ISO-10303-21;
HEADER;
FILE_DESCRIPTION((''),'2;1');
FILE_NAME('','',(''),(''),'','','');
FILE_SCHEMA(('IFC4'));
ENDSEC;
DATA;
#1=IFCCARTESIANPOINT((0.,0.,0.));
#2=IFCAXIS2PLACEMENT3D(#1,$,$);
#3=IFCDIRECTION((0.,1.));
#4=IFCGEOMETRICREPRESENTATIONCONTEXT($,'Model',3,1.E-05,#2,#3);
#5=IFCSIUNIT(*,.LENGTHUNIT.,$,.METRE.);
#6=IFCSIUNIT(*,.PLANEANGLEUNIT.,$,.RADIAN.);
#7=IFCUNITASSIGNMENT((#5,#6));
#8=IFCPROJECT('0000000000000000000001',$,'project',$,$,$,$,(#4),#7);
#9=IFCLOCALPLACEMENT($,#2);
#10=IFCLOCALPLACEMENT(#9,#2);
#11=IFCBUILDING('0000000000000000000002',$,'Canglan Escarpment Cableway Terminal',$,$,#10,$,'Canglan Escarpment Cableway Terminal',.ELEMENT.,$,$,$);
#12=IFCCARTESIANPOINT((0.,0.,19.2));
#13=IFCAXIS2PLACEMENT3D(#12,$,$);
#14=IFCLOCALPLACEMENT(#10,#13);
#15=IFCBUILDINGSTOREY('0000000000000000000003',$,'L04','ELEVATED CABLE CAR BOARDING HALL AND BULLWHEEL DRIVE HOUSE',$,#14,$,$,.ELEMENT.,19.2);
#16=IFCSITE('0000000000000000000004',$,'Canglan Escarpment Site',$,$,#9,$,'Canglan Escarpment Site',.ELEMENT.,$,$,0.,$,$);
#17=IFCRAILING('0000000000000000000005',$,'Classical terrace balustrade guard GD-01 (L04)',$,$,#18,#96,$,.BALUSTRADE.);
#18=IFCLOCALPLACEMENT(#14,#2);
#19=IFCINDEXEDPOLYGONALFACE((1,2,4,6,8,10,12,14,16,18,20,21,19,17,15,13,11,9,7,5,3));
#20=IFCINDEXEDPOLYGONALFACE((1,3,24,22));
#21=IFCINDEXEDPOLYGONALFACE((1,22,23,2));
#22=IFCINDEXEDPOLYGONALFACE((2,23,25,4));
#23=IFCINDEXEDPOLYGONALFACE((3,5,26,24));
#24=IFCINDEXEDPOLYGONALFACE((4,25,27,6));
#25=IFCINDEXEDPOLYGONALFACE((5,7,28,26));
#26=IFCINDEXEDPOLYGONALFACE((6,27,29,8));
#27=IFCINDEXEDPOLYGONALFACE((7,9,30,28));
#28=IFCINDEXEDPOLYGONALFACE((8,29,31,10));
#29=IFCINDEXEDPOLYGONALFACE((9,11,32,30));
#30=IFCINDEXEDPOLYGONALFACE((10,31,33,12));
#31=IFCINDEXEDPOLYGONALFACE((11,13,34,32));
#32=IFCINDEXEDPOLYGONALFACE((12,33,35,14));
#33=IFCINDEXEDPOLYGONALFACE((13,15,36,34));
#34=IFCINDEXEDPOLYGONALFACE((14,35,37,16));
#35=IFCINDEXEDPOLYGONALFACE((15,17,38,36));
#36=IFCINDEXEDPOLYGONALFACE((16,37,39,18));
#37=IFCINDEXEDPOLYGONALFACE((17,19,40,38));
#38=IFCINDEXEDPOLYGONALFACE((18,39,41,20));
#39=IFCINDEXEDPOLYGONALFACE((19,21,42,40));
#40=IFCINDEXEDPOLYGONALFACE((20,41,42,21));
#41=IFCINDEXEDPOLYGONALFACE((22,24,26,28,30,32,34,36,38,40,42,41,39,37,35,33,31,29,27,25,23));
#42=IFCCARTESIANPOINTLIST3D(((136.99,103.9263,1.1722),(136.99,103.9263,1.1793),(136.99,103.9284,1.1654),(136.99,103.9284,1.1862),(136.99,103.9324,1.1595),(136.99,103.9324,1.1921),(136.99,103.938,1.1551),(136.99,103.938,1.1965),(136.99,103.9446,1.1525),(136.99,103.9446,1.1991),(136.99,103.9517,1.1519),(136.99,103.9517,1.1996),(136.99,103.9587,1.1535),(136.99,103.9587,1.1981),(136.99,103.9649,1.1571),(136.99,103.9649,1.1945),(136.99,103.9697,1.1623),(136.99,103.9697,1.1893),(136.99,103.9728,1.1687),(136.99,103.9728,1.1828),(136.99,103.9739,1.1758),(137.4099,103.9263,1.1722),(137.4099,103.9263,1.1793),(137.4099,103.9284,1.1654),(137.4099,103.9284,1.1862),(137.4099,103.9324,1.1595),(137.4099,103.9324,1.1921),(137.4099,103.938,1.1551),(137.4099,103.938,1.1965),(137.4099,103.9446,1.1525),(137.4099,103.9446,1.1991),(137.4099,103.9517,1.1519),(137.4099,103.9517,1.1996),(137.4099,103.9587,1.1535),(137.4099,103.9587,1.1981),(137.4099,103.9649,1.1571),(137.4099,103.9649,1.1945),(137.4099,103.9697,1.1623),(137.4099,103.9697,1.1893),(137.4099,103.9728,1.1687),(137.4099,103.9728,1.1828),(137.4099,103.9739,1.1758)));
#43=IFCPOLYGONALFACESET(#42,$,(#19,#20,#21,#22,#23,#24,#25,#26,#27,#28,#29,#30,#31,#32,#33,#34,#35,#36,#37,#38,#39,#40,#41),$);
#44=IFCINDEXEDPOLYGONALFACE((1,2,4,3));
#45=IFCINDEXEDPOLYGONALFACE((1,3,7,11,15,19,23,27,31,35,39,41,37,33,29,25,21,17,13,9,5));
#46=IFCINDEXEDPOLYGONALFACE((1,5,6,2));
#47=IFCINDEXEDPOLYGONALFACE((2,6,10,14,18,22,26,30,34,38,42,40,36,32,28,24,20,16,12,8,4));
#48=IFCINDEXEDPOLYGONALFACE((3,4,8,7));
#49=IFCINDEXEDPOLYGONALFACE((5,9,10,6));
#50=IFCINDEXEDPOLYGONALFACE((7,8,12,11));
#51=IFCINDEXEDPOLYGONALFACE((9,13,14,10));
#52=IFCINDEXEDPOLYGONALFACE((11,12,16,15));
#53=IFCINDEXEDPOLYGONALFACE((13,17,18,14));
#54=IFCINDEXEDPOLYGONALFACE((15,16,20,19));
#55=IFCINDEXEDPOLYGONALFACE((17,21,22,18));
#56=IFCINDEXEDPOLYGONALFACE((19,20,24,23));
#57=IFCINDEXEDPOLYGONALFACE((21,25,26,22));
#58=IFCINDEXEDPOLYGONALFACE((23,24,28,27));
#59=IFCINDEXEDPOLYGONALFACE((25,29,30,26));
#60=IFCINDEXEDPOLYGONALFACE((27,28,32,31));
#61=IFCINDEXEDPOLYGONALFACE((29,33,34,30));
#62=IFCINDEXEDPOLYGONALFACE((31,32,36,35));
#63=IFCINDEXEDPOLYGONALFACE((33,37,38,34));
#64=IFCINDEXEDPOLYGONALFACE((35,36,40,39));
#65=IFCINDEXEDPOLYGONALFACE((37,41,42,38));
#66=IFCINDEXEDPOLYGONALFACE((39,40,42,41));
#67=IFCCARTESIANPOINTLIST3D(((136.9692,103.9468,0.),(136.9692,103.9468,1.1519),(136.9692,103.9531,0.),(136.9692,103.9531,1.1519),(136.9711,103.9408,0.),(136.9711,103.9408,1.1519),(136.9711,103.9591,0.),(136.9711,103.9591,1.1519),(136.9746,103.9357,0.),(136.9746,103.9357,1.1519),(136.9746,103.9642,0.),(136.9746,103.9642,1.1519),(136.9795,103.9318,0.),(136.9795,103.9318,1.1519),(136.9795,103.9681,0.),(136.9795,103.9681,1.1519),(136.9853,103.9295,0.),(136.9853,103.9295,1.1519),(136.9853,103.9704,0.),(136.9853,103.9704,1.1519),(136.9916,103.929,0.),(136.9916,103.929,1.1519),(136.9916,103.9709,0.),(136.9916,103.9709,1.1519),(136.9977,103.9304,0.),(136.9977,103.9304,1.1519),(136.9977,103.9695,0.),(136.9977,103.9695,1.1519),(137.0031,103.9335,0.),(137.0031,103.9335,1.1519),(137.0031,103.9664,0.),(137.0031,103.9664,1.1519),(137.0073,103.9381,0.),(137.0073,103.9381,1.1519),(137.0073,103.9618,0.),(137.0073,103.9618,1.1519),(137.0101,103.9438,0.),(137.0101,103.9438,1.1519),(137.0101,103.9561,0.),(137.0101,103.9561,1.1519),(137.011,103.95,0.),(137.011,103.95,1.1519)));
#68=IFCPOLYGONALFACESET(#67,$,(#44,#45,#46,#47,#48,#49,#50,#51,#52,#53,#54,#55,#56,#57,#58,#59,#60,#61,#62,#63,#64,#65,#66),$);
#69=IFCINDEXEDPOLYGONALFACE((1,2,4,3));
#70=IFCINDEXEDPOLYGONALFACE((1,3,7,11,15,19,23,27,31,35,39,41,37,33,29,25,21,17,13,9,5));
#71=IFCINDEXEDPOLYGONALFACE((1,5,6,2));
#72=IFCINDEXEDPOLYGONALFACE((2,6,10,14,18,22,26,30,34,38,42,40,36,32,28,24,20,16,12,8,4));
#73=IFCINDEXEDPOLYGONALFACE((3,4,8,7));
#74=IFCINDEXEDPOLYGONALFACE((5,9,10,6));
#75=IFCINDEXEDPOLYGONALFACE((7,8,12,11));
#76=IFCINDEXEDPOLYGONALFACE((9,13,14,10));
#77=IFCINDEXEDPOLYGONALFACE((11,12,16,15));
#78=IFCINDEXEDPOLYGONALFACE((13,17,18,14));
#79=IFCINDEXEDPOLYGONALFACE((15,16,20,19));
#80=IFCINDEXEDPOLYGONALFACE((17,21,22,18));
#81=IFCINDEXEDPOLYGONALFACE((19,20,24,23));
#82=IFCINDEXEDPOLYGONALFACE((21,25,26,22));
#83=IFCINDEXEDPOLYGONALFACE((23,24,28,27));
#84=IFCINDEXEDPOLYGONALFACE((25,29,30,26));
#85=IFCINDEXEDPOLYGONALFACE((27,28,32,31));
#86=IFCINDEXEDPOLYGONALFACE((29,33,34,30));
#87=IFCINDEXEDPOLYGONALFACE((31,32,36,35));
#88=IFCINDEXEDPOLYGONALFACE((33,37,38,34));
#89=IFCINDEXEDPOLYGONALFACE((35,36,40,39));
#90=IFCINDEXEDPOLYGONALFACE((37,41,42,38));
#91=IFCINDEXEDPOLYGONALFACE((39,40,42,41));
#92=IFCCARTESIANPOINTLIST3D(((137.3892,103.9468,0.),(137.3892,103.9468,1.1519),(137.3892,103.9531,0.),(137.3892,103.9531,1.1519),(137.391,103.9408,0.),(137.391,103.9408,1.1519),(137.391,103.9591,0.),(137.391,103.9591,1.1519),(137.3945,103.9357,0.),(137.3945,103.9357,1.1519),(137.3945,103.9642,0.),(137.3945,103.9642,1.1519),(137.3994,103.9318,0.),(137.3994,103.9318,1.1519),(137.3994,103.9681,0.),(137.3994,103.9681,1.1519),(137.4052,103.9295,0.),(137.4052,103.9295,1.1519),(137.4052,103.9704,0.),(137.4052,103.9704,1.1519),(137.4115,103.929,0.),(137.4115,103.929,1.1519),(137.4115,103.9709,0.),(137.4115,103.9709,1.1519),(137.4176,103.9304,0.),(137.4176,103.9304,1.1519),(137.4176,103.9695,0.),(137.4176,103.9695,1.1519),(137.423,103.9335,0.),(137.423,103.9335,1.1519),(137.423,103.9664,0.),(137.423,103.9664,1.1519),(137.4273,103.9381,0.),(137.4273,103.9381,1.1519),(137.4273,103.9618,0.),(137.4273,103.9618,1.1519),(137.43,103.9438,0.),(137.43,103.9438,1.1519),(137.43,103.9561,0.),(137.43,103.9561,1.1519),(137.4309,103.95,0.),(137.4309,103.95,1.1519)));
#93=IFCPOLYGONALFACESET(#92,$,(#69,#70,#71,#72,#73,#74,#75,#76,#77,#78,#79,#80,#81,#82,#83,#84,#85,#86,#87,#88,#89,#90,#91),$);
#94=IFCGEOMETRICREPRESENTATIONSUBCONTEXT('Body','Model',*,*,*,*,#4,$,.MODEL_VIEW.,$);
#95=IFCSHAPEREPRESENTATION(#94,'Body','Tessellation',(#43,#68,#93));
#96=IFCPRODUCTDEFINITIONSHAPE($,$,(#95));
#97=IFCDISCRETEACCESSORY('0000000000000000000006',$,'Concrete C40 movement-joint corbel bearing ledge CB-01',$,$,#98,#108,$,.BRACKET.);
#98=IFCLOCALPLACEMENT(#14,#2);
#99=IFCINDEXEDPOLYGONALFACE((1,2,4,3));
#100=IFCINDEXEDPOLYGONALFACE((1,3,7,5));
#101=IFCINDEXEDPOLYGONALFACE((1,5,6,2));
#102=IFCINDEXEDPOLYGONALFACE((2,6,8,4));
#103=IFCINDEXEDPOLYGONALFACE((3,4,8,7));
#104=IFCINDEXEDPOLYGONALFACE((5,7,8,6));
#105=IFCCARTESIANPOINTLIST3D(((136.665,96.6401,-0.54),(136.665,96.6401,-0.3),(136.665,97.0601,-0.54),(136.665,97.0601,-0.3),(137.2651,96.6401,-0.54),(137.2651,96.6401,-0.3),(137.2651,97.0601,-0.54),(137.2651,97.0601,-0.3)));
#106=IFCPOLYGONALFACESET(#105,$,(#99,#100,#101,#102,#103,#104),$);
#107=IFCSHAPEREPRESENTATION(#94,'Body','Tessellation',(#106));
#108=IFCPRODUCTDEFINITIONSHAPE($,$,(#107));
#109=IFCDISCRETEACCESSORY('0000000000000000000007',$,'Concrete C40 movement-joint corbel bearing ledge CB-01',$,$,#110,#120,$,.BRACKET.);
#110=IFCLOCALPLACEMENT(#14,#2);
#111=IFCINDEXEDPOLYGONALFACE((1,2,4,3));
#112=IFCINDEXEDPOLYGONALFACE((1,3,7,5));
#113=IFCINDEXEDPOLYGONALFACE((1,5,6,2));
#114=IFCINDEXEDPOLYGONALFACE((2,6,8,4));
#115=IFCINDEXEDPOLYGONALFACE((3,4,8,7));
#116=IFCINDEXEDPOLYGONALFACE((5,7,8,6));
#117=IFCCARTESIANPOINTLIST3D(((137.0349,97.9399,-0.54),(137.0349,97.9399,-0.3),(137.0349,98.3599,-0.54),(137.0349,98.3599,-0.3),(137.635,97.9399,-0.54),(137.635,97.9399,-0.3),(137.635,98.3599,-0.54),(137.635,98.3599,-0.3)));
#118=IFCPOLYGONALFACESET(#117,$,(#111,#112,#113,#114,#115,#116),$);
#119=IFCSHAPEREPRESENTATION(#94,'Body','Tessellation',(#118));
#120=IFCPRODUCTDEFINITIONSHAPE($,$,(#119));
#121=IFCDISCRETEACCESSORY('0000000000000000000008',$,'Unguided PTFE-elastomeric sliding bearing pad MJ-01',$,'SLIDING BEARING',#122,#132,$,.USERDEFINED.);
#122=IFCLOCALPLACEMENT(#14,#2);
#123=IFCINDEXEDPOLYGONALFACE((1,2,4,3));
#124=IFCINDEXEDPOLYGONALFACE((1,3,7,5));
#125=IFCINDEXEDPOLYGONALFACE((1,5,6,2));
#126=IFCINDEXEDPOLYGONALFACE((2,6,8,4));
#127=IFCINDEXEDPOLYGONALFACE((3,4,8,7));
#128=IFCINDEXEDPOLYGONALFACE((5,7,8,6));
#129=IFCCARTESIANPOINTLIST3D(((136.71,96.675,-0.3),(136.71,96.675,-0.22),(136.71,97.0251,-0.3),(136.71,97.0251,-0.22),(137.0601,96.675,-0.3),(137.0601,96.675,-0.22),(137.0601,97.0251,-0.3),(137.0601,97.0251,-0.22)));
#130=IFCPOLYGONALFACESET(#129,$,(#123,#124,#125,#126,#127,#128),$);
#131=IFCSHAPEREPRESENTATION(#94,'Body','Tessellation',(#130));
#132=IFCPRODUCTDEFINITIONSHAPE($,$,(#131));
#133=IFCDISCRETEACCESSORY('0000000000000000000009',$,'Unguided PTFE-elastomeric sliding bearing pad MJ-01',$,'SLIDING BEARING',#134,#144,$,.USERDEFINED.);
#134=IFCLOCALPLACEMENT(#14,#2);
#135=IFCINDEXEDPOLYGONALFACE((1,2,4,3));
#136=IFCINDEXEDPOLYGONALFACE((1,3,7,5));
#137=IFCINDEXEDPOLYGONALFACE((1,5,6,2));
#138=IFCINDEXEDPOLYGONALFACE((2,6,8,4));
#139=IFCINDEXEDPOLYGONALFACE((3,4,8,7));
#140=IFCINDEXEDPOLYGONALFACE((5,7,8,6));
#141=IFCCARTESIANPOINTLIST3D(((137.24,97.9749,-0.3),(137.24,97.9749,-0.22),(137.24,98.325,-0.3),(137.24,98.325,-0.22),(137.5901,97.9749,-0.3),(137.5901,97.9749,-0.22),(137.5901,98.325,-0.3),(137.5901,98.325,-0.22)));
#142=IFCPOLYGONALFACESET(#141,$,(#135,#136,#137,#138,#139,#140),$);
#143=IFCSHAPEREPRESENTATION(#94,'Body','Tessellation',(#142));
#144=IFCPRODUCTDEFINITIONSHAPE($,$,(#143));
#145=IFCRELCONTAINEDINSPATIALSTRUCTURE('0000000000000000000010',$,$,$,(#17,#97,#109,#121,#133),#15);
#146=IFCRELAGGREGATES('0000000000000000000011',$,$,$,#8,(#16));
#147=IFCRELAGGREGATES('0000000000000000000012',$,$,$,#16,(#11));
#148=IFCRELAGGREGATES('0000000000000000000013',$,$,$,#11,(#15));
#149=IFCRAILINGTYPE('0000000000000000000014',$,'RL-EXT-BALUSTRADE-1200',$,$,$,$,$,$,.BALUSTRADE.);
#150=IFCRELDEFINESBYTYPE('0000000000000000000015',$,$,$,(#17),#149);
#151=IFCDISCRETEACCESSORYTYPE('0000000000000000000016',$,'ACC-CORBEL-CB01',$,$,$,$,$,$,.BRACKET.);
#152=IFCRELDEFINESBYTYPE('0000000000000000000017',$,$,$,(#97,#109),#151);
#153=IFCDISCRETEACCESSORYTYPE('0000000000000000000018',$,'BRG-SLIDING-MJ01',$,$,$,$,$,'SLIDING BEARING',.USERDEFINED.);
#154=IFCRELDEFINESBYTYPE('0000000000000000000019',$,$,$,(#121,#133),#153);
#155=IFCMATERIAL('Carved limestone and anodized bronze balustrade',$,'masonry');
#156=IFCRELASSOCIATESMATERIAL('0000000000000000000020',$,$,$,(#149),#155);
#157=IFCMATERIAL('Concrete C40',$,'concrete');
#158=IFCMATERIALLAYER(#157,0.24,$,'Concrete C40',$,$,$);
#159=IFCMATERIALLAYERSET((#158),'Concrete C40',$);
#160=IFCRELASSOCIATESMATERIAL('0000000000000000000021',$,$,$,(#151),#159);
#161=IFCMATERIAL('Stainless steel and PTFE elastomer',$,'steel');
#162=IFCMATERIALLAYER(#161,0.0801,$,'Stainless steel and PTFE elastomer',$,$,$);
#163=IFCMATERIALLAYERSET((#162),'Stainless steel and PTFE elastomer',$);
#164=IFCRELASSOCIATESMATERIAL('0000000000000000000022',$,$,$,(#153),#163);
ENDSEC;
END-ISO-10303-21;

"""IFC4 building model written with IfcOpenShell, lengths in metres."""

from ifc_helpers import new_model, si_unit, direction, frame, origin, origin_2d, place, context, subcontext, project, spatial, rectangle, circle, extrude, material, layer, layer_set, type_object, element, save


model = new_model("IFC4")

# Units and contexts
model_context = context("Model", 3, precision=1e-05, world=origin(), true_north=direction((0.0, 1.0)))
body_context = subcontext(model_context, "Body", "Model", "MODEL_VIEW")
ifc_project = project(units=[si_unit("LENGTHUNIT", "METRE"), si_unit("PLANEANGLEUNIT", "RADIAN")], contexts=[model_context])

# Site, building, storey
site_placement = place(None, origin())
site = spatial("IfcSite", under=ifc_project, at=site_placement, Name="Canglan Escarpment Site", LongName="Canglan Escarpment Site", CompositionType="ELEMENT", RefElevation=0.0)
building_placement = place(site_placement, origin())
building = spatial("IfcBuilding", under=site, at=building_placement, Name="Canglan Escarpment Cableway Terminal", LongName="Canglan Escarpment Cableway Terminal", CompositionType="ELEMENT")
storey_placement = place(building_placement, frame((0.0, 0.0, 19.2)))
storey = spatial("IfcBuildingStorey", under=building, at=storey_placement, Name="L04", Description="ELEVATED CABLE CAR BOARDING HALL AND BULLWHEEL DRIVE HOUSE", CompositionType="ELEMENT", Elevation=19.2)

# Shared definitions
ifc_material_1 = material(Name="Concrete C40", Category="concrete")

# Railing
ifc_material_2 = material(Name="Carved limestone and anodized bronze balustrade", Category="masonry")
railing_type = type_object("IfcRailingType", Name="RL-EXT-BALUSTRADE-1200", PredefinedType="BALUSTRADE", material=ifc_material_2)
railing_1_placement = place(storey_placement, frame((136.99, 103.95, 0.0)))
element("IfcRailing", 1, at=railing_1_placement, inside=storey, type_object=railing_type, Name="Classical terrace balustrade guard GD-01 (L04)", PredefinedType="BALUSTRADE", context=body_context, shape_type="SweptSolid", body=[
    extrude(circle(Radius=0.0239, at=origin_2d()), frame((0.0, 0.0, 1.1758), z_axis=(1.0, 0.0, 0.0), x_axis=(0.0, 1.0, 0.0)), (0.0, 0.0, 1.0), 0.4199),
    extrude(circle(Radius=0.021, at=origin_2d()), origin(), (0.0, 0.0, 1.0), 1.1519),
    extrude(circle(Radius=0.021, at=origin_2d()), frame((0.4199, 0.0, 0.0)), (0.0, 0.0, 1.0), 1.1519),
])

# Discrete accessories
ifc_layer_1 = layer(ifc_material_1, 0.24, Name="Concrete C40")
ifc_layer_set_1 = layer_set([ifc_layer_1], Name="Concrete C40")
discrete_accessory_type_1 = type_object("IfcDiscreteAccessoryType", Name="ACC-CORBEL-CB01", PredefinedType="BRACKET", material=ifc_layer_set_1)
for number, where, z_axis, x_axis, name in (
    (2, (136.9651, 96.8501, -0.54), (0.0, 0.0, 1.0), (1.0, 0.0, 0.0), "Concrete C40 movement-joint corbel bearing ledge CB-01"),
    (3, (137.335, 98.1499, -0.54), (0.0, 0.0, 1.0), (1.0, 0.0, 0.0), "Concrete C40 movement-joint corbel bearing ledge CB-01"),
):
    element("IfcDiscreteAccessory", number, at=place(storey_placement, frame(where, z_axis=z_axis, x_axis=x_axis)), inside=storey, type_object=discrete_accessory_type_1, Name=name, PredefinedType="BRACKET", context=body_context, shape_type="SweptSolid", body=[
        extrude(rectangle(XDim=0.6001, YDim=0.4199, at=origin_2d()), origin(), (0.0, 0.0, 1.0), 0.24),
    ])
ifc_material_3 = material(Name="Stainless steel and PTFE elastomer", Category="steel")
ifc_layer_2 = layer(ifc_material_3, 0.0801, Name="Stainless steel and PTFE elastomer")
ifc_layer_set_2 = layer_set([ifc_layer_2], Name="Stainless steel and PTFE elastomer")
discrete_accessory_type_2 = type_object("IfcDiscreteAccessoryType", Name="BRG-SLIDING-MJ01", ElementType="SLIDING BEARING", PredefinedType="USERDEFINED", material=ifc_layer_set_2)
for number, where, z_axis, x_axis, name in (
    (4, (136.885, 96.8501, -0.3), (0.0, 0.0, 1.0), (1.0, 0.0, 0.0), "Unguided PTFE-elastomeric sliding bearing pad MJ-01"),
    (5, (137.415, 98.1499, -0.3), (0.0, 0.0, 1.0), (1.0, 0.0, 0.0), "Unguided PTFE-elastomeric sliding bearing pad MJ-01"),
):
    element("IfcDiscreteAccessory", number, at=place(storey_placement, frame(where, z_axis=z_axis, x_axis=x_axis)), inside=storey, type_object=discrete_accessory_type_2, Name=name, ObjectType="SLIDING BEARING", PredefinedType="USERDEFINED", context=body_context, shape_type="SweptSolid", body=[
        extrude(rectangle(XDim=0.3501, YDim=0.3501, at=origin_2d()), origin(), (0.0, 0.0, 1.0), 0.0801),
    ])

save(model, "model.ifc")
